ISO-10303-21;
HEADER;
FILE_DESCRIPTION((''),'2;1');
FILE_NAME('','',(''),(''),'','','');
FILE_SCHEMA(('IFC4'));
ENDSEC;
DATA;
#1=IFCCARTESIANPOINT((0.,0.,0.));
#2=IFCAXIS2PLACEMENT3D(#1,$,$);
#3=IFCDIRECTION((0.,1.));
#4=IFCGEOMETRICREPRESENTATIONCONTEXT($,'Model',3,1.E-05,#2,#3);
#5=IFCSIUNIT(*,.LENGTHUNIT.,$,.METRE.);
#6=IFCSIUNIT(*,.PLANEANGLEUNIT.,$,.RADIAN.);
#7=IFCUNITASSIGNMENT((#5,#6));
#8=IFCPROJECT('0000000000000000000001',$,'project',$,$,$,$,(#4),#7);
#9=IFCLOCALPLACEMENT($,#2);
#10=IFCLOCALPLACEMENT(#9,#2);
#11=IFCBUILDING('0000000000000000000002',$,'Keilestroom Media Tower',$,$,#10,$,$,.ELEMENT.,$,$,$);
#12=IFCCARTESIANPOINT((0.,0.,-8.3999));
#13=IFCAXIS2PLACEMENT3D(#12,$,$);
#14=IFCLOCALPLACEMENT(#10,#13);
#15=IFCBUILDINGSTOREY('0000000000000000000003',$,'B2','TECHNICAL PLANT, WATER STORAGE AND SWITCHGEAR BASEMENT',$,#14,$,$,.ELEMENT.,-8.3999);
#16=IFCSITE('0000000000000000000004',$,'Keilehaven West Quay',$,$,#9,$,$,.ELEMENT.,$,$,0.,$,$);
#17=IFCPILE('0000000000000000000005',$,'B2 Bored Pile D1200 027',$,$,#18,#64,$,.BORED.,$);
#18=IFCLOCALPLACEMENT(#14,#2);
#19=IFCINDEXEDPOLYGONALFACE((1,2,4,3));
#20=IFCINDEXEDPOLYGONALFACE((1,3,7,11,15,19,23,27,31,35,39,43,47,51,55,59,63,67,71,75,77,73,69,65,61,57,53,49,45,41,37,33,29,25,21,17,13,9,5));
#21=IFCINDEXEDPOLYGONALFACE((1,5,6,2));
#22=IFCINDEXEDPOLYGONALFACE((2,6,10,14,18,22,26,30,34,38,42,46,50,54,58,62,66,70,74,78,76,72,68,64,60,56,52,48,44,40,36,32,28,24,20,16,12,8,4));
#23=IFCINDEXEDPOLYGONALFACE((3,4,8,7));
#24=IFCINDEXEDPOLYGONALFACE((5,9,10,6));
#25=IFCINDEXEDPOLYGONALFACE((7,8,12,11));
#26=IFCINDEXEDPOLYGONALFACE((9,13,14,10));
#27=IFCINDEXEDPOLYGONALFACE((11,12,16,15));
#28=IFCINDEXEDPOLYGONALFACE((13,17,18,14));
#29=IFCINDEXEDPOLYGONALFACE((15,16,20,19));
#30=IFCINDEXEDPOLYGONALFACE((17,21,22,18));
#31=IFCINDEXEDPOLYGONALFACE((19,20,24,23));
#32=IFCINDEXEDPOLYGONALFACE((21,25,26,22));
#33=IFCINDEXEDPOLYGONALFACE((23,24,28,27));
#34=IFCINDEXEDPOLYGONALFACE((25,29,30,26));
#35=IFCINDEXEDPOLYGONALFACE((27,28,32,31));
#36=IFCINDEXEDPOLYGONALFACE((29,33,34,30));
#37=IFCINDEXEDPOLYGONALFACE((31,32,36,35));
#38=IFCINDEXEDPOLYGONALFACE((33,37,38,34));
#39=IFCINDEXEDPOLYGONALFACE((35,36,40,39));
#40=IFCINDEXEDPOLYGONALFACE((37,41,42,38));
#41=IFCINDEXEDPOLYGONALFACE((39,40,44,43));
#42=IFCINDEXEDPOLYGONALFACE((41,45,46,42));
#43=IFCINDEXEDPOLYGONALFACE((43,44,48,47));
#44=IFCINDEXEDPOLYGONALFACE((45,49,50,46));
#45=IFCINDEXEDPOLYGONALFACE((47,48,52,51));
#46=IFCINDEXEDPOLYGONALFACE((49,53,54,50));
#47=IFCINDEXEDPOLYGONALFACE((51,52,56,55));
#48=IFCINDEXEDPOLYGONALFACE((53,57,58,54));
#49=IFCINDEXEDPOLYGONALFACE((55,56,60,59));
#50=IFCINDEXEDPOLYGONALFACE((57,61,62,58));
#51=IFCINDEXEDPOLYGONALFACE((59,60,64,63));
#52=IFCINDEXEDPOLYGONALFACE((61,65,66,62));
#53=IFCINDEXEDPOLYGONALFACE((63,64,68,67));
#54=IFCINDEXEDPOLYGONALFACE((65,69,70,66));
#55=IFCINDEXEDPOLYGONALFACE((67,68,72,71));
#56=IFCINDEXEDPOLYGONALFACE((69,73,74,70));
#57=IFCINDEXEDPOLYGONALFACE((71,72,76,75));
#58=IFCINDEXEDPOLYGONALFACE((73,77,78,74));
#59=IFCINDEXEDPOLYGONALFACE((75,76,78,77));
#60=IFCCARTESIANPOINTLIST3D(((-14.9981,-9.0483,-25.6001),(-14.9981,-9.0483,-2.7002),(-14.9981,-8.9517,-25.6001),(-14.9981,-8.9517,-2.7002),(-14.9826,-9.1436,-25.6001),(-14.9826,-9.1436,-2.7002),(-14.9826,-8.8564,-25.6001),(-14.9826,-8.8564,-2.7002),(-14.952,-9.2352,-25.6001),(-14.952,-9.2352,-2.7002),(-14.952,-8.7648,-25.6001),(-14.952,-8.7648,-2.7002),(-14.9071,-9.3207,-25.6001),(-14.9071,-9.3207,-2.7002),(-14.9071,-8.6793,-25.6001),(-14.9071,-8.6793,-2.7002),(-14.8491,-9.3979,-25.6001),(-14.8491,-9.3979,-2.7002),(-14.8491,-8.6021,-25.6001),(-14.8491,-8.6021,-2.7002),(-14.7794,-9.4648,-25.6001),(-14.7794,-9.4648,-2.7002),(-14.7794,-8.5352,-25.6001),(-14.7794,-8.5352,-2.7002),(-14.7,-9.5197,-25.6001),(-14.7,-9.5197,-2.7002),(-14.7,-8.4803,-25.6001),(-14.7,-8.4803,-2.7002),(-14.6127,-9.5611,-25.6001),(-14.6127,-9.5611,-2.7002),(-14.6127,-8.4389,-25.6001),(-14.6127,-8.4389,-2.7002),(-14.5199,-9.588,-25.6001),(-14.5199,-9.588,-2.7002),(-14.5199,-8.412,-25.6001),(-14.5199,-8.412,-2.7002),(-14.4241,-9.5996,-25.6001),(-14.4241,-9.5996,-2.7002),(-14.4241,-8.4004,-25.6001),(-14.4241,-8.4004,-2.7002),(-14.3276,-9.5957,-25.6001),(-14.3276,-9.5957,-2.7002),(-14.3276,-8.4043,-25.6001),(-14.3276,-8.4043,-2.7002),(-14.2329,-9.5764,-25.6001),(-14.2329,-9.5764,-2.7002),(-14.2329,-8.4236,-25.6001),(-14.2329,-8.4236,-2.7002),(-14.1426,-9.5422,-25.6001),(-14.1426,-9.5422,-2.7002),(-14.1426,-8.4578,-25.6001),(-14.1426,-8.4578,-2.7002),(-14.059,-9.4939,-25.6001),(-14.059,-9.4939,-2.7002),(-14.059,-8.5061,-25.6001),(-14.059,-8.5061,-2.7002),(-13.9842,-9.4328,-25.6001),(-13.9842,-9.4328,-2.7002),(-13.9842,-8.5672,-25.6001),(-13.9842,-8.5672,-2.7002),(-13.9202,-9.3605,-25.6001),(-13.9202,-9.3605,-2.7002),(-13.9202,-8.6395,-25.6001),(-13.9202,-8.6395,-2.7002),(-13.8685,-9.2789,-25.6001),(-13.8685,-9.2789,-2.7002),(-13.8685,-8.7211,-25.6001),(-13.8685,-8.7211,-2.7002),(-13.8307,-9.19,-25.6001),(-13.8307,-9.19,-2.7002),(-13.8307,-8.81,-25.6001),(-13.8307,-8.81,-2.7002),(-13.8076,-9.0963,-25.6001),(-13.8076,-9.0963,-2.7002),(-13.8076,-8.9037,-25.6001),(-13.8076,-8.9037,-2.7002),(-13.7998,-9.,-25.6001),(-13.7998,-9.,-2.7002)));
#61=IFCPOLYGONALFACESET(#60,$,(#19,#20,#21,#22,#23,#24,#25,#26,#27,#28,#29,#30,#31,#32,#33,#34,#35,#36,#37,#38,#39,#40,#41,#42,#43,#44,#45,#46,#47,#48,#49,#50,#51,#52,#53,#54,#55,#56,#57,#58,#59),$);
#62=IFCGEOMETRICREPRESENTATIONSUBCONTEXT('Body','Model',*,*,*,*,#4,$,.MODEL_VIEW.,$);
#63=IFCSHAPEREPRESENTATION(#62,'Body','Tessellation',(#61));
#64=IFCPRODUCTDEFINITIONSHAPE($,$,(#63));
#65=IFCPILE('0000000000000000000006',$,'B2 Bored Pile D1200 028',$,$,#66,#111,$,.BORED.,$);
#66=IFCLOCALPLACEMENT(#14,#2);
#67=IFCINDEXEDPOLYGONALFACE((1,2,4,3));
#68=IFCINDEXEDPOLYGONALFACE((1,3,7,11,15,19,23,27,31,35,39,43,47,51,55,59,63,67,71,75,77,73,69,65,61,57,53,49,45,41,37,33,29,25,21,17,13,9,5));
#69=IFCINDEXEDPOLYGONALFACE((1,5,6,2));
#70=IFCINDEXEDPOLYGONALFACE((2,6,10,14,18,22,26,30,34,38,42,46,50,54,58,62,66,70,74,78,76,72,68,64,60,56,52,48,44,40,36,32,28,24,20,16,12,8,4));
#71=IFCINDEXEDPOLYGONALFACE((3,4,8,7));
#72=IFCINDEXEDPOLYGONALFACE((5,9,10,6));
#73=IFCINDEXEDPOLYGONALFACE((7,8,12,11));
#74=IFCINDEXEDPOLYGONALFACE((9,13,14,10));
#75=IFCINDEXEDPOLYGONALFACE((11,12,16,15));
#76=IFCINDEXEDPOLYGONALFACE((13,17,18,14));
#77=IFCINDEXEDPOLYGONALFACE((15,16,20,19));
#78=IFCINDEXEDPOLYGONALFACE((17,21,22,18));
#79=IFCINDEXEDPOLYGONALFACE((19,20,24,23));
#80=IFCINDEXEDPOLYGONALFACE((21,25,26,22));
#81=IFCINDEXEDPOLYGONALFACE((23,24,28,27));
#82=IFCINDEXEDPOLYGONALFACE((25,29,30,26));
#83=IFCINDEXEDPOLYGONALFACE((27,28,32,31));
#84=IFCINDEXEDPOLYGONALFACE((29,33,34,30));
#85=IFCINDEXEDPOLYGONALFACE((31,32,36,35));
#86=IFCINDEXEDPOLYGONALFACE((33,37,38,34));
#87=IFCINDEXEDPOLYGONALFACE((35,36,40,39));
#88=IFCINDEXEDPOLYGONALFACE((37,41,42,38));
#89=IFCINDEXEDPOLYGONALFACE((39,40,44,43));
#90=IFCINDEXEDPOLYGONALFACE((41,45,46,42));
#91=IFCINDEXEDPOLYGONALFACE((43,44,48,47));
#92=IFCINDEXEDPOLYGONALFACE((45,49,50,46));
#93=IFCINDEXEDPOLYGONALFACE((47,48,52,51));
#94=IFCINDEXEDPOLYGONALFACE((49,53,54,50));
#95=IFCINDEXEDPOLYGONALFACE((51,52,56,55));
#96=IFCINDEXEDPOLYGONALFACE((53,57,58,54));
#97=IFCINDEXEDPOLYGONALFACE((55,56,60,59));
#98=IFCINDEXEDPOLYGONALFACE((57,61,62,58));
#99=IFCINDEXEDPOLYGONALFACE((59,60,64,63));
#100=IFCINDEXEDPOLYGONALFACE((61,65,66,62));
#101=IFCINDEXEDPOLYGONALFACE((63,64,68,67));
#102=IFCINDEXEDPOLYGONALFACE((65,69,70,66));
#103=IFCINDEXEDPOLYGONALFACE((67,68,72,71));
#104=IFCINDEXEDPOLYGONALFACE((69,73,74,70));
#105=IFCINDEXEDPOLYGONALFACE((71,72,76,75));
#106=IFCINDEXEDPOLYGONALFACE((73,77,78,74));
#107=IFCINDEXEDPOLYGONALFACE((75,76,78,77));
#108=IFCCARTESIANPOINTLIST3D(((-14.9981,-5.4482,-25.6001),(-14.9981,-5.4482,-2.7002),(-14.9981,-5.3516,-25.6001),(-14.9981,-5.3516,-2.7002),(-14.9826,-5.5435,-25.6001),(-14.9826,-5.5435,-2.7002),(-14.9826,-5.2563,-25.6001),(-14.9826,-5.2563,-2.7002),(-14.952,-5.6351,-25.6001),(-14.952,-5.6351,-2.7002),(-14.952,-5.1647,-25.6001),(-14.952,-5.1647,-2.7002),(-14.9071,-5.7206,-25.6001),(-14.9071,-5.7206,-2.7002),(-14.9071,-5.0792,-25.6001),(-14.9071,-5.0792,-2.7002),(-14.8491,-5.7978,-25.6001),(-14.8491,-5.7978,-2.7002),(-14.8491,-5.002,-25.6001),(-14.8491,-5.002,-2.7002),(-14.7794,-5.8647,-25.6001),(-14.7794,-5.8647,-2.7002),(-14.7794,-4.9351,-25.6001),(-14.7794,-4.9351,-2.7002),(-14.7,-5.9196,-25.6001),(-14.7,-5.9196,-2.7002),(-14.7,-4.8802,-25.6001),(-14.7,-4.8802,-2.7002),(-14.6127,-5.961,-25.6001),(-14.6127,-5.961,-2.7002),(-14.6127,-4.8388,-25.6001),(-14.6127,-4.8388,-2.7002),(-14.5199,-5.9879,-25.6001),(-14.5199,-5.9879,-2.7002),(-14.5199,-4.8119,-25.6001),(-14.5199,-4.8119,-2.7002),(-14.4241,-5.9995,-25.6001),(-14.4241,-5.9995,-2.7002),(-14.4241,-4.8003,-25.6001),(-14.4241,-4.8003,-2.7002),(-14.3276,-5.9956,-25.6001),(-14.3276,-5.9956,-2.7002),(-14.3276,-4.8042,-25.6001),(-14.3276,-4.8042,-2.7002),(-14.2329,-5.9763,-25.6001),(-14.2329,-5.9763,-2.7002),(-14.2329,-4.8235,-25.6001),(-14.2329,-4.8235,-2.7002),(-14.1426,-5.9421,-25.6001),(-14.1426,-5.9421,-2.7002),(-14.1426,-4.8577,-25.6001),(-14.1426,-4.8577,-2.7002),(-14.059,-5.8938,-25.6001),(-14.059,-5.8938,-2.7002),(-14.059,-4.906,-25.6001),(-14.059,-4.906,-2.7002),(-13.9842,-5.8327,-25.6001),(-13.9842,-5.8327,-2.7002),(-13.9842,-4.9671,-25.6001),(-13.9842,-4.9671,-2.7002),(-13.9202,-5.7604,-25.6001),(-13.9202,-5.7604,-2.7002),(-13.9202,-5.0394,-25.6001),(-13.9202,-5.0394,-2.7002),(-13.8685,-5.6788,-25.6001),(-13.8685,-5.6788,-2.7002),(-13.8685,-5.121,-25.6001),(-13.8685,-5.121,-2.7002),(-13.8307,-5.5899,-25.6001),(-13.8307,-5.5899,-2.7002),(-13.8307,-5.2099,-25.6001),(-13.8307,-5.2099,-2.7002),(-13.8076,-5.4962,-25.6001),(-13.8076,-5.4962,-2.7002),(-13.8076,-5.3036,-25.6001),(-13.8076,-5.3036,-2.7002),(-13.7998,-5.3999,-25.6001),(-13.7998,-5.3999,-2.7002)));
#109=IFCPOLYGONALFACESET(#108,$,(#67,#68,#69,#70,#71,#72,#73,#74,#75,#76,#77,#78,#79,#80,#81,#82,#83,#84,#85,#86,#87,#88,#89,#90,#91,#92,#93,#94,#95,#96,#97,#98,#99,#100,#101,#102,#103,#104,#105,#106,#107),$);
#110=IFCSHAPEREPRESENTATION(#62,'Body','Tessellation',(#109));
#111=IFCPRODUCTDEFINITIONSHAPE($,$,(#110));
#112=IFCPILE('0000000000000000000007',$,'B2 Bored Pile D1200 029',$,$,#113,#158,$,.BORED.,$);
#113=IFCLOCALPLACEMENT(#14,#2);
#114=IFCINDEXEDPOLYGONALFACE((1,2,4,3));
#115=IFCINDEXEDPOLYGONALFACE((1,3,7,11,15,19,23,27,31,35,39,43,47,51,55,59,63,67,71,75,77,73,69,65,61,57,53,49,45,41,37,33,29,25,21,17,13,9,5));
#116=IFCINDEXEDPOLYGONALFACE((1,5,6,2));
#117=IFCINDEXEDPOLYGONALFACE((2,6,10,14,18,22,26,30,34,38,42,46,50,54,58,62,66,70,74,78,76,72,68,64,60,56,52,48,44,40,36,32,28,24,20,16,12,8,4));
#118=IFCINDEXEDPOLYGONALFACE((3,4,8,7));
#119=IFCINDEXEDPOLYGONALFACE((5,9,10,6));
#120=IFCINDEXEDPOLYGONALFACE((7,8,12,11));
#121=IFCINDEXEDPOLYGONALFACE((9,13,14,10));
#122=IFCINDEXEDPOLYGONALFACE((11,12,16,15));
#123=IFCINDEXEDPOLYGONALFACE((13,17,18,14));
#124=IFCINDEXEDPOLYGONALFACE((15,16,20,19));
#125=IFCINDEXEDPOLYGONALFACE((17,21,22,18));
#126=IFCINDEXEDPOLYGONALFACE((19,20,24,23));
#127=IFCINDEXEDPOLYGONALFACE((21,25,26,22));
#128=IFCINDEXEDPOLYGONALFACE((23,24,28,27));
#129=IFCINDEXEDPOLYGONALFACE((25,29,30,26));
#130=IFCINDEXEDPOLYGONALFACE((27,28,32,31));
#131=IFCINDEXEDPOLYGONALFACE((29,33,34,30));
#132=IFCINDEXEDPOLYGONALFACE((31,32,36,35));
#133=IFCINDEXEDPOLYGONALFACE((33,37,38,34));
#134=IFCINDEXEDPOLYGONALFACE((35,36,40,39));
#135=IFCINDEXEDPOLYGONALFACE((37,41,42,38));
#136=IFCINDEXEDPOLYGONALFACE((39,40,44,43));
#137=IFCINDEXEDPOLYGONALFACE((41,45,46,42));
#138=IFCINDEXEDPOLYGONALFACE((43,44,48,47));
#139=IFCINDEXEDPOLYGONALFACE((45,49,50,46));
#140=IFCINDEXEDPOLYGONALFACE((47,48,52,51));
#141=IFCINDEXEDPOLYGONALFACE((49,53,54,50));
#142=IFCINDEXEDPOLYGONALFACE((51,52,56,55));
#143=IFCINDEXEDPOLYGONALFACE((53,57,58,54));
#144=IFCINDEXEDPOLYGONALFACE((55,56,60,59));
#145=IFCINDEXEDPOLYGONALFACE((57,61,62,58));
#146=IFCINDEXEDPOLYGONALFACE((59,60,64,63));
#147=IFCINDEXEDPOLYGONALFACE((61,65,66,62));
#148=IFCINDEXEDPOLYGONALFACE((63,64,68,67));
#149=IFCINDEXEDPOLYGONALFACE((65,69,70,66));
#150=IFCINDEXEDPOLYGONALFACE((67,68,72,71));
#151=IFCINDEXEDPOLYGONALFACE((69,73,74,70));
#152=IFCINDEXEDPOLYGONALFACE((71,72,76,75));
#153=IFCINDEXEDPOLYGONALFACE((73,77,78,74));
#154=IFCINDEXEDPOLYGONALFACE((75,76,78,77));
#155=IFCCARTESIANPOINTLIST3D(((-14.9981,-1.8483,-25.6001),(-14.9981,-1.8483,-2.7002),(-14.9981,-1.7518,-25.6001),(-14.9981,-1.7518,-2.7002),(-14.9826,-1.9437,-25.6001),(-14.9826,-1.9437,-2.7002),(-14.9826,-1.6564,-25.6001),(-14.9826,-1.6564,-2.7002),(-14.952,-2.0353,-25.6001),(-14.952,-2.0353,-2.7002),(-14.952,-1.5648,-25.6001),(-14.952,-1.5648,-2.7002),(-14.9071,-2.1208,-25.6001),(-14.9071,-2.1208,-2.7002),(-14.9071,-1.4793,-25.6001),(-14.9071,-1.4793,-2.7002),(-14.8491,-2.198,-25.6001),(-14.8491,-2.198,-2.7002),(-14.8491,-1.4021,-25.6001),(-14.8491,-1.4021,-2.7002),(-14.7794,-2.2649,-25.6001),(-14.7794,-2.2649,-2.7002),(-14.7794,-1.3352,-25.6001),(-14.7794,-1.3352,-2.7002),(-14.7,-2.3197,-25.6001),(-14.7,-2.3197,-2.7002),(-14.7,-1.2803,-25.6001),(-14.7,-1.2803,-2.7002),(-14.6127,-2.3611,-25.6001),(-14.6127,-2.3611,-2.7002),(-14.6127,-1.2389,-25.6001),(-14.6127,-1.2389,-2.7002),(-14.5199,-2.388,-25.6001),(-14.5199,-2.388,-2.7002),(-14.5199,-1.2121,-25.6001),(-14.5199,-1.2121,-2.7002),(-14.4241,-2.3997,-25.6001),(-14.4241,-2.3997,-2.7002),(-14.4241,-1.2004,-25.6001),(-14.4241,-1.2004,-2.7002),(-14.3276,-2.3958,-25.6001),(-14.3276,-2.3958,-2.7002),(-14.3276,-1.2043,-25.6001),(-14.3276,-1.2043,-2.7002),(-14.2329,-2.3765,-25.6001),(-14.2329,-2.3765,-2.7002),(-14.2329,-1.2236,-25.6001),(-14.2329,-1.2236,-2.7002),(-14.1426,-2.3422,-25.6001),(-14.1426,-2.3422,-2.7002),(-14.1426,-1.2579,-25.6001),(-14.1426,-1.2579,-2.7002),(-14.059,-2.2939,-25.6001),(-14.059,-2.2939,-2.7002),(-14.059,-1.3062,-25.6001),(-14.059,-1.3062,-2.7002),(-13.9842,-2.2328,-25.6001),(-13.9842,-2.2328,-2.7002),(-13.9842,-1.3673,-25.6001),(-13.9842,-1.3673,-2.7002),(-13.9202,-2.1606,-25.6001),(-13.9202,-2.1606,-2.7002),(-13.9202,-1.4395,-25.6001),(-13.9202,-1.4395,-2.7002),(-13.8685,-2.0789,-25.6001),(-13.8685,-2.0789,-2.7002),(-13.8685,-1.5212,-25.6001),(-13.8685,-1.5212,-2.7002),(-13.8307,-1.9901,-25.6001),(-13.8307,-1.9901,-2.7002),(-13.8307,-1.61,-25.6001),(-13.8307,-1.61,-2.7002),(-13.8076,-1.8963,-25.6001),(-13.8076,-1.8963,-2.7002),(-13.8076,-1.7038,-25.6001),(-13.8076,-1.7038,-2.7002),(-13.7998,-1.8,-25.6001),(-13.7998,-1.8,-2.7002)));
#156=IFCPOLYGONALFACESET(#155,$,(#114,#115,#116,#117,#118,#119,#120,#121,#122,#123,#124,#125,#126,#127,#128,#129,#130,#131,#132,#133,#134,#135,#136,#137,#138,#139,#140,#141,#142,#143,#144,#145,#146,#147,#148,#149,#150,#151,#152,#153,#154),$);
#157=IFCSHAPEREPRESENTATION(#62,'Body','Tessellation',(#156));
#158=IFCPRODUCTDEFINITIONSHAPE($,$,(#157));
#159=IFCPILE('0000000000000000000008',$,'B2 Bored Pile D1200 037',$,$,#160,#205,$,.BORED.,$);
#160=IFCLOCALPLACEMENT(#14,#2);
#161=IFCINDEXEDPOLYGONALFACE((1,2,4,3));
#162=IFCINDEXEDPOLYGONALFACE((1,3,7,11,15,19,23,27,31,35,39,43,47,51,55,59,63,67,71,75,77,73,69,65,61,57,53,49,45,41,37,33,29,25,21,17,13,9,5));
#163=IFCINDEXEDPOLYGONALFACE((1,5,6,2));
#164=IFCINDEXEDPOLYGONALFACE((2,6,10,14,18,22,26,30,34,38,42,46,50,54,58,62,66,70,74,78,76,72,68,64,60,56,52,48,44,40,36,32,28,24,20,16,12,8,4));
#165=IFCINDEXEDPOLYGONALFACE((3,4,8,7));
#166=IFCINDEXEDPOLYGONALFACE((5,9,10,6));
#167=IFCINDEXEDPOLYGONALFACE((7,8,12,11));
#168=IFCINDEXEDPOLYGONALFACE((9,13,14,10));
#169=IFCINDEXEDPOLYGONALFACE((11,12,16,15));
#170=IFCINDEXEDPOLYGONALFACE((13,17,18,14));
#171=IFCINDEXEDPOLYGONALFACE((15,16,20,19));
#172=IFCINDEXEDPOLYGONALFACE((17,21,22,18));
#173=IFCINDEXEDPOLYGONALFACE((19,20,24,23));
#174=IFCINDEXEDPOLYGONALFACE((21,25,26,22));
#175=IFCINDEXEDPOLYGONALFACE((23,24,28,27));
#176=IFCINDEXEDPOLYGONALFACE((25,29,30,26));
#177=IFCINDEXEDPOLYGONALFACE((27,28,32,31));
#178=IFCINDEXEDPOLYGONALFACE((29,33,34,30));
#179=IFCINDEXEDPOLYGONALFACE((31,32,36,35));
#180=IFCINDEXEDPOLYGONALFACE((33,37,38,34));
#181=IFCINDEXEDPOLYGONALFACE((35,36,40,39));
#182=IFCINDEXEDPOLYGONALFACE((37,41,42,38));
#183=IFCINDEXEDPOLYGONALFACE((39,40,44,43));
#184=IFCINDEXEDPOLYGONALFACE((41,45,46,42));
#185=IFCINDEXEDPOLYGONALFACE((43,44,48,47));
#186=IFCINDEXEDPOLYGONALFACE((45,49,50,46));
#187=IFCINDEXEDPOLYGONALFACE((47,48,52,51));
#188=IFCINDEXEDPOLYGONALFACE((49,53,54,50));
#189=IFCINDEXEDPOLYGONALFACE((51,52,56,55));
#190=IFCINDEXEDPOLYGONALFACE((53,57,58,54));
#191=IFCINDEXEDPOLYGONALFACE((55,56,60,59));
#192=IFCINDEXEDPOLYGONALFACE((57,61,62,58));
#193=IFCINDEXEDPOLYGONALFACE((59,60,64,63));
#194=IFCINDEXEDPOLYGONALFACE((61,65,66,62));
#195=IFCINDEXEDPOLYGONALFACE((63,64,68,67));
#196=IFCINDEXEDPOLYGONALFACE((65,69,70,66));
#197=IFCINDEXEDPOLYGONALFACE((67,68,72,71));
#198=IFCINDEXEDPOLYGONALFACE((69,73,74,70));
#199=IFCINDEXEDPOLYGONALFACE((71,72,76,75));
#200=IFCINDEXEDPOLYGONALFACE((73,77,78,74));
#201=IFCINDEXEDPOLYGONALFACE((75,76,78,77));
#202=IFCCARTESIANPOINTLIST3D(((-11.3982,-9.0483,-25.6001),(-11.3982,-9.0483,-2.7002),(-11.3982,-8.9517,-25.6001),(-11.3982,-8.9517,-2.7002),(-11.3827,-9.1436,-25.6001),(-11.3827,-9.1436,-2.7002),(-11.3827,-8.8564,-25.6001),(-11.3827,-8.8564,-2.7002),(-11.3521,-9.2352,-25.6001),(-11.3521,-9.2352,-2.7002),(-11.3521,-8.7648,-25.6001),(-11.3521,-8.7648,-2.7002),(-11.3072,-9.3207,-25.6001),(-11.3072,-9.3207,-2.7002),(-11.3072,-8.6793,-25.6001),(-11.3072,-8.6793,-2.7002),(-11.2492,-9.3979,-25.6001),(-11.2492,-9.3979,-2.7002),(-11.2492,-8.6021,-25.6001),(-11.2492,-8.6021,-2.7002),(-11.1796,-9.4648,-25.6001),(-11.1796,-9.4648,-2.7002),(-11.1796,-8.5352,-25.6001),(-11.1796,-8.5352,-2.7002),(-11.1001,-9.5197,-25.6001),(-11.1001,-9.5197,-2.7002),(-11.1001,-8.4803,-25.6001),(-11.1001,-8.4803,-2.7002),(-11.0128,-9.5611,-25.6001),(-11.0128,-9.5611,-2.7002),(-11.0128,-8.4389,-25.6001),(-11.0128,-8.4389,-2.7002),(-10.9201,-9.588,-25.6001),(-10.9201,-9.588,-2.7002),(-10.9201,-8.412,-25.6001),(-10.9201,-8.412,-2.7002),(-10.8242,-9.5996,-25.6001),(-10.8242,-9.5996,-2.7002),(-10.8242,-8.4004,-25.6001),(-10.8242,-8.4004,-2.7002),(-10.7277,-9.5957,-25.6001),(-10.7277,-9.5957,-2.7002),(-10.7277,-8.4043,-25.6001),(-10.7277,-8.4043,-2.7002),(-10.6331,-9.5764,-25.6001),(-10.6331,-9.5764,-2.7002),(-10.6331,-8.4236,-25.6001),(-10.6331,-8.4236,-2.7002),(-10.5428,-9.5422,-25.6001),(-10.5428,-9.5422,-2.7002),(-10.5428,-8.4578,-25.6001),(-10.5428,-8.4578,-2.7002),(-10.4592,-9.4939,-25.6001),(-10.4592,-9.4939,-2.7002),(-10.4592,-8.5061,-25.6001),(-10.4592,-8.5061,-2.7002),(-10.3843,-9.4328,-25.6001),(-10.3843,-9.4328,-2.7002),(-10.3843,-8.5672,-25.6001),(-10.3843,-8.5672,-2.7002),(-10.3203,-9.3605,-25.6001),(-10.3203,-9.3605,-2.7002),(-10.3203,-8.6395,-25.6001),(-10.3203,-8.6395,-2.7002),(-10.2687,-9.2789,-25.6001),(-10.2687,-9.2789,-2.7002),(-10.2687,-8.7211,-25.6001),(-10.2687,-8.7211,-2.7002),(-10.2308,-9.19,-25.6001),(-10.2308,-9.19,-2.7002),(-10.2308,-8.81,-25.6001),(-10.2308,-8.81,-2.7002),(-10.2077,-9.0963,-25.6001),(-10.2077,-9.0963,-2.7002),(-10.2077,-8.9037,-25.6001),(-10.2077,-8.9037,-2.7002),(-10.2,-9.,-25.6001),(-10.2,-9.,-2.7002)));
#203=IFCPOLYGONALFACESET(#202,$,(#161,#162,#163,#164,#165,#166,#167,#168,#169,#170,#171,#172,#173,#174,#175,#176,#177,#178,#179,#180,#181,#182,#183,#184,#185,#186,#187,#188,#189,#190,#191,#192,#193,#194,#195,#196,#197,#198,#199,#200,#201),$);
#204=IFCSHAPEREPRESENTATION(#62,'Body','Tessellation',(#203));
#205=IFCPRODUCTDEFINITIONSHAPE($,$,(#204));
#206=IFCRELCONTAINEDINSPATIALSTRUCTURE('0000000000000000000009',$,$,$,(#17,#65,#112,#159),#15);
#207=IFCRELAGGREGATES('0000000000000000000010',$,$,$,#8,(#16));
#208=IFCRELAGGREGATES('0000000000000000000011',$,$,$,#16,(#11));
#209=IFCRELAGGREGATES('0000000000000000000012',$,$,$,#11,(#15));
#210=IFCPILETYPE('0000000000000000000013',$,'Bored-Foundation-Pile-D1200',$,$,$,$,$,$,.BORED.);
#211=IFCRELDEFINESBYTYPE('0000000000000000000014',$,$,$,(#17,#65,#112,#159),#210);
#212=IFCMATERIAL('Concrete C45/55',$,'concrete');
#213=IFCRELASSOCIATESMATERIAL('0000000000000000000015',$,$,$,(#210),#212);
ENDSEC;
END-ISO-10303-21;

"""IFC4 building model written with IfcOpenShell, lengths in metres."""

from ifc_helpers import new_model, si_unit, direction, frame, origin, origin_2d, place, context, subcontext, project, spatial, circle, extrude, source, transform, mapped, material, material_profile, profile_set, type_object, element, save


model = new_model("IFC4")

# Units and contexts
model_context = context("Model", 3, precision=1e-05, world=origin(), true_north=direction((0.0, 1.0)))
body_context = subcontext(model_context, "Body", "Model", "MODEL_VIEW")
ifc_project = project(units=[si_unit("LENGTHUNIT", "METRE"), si_unit("PLANEANGLEUNIT", "RADIAN")], contexts=[model_context])

# Site, building, storey
site_placement = place(None, origin())
site = spatial("IfcSite", under=ifc_project, at=site_placement, Name="Keilehaven West Quay", CompositionType="ELEMENT", RefElevation=0.0)
building_placement = place(site_placement, origin())
building = spatial("IfcBuilding", under=site, at=building_placement, Name="Keilestroom Media Tower", CompositionType="ELEMENT")
storey_placement = place(building_placement, frame((0.0, 0.0, -8.3999)))
storey = spatial("IfcBuildingStorey", under=building, at=storey_placement, Name="B2", Description="TECHNICAL PLANT, WATER STORAGE AND SWITCHGEAR BASEMENT", CompositionType="ELEMENT", Elevation=-8.3999)

# Piles
ifc_material_1 = material(Name="Concrete C45/55", Category="concrete")
ifc_material_profile_1 = material_profile(ifc_material_1, circle(Radius=0.6001, at=origin_2d()), Name="BORED PILE D1200")
ifc_profile_set_1 = profile_set([ifc_material_profile_1], Name="Concrete C45/55")
pile_type = type_object("IfcPileType", Name="Bored-Foundation-Pile-D1200", PredefinedType="BORED", material=ifc_profile_set_1)
shared_shape_1 = source(origin(), body_context, "Body", "SweptSolid", [
    extrude(circle(Radius=0.6001, at=origin_2d()), origin(), (0.0, 0.0, 1.0), 22.8999),
])
for number, where, z_axis, x_axis, name in (
    (1, (-14.3999, -9.0, -2.7002), (0.0, 0.0, -1.0), (1.0, 0.0, 0.0), "B2 Bored Pile D1200 027"),
    (2, (-14.3999, -5.3999, -2.7002), (0.0, 0.0, -1.0), (1.0, 0.0, 0.0), "B2 Bored Pile D1200 028"),
    (3, (-14.3999, -1.8, -2.7002), (0.0, 0.0, -1.0), (1.0, 0.0, 0.0), "B2 Bored Pile D1200 029"),
    (4, (-10.8, -9.0, -2.7002), (0.0, 0.0, -1.0), (1.0, 0.0, 0.0), "B2 Bored Pile D1200 037"),
):
    element("IfcPile", number, at=place(storey_placement, frame(where, z_axis=z_axis, x_axis=x_axis)), inside=storey, type_object=pile_type, Name=name, PredefinedType="BORED", context=body_context, shape_type="MappedRepresentation", body=[
        mapped(shared_shape_1, transform((0.0, 0.0, 0.0), x_axis=(1.0, 0.0, 0.0), y_axis=(0.0, 1.0, 0.0), z_axis=(0.0, 0.0, 1.0), scale=1.0)),
    ])

save(model, "model.ifc")
